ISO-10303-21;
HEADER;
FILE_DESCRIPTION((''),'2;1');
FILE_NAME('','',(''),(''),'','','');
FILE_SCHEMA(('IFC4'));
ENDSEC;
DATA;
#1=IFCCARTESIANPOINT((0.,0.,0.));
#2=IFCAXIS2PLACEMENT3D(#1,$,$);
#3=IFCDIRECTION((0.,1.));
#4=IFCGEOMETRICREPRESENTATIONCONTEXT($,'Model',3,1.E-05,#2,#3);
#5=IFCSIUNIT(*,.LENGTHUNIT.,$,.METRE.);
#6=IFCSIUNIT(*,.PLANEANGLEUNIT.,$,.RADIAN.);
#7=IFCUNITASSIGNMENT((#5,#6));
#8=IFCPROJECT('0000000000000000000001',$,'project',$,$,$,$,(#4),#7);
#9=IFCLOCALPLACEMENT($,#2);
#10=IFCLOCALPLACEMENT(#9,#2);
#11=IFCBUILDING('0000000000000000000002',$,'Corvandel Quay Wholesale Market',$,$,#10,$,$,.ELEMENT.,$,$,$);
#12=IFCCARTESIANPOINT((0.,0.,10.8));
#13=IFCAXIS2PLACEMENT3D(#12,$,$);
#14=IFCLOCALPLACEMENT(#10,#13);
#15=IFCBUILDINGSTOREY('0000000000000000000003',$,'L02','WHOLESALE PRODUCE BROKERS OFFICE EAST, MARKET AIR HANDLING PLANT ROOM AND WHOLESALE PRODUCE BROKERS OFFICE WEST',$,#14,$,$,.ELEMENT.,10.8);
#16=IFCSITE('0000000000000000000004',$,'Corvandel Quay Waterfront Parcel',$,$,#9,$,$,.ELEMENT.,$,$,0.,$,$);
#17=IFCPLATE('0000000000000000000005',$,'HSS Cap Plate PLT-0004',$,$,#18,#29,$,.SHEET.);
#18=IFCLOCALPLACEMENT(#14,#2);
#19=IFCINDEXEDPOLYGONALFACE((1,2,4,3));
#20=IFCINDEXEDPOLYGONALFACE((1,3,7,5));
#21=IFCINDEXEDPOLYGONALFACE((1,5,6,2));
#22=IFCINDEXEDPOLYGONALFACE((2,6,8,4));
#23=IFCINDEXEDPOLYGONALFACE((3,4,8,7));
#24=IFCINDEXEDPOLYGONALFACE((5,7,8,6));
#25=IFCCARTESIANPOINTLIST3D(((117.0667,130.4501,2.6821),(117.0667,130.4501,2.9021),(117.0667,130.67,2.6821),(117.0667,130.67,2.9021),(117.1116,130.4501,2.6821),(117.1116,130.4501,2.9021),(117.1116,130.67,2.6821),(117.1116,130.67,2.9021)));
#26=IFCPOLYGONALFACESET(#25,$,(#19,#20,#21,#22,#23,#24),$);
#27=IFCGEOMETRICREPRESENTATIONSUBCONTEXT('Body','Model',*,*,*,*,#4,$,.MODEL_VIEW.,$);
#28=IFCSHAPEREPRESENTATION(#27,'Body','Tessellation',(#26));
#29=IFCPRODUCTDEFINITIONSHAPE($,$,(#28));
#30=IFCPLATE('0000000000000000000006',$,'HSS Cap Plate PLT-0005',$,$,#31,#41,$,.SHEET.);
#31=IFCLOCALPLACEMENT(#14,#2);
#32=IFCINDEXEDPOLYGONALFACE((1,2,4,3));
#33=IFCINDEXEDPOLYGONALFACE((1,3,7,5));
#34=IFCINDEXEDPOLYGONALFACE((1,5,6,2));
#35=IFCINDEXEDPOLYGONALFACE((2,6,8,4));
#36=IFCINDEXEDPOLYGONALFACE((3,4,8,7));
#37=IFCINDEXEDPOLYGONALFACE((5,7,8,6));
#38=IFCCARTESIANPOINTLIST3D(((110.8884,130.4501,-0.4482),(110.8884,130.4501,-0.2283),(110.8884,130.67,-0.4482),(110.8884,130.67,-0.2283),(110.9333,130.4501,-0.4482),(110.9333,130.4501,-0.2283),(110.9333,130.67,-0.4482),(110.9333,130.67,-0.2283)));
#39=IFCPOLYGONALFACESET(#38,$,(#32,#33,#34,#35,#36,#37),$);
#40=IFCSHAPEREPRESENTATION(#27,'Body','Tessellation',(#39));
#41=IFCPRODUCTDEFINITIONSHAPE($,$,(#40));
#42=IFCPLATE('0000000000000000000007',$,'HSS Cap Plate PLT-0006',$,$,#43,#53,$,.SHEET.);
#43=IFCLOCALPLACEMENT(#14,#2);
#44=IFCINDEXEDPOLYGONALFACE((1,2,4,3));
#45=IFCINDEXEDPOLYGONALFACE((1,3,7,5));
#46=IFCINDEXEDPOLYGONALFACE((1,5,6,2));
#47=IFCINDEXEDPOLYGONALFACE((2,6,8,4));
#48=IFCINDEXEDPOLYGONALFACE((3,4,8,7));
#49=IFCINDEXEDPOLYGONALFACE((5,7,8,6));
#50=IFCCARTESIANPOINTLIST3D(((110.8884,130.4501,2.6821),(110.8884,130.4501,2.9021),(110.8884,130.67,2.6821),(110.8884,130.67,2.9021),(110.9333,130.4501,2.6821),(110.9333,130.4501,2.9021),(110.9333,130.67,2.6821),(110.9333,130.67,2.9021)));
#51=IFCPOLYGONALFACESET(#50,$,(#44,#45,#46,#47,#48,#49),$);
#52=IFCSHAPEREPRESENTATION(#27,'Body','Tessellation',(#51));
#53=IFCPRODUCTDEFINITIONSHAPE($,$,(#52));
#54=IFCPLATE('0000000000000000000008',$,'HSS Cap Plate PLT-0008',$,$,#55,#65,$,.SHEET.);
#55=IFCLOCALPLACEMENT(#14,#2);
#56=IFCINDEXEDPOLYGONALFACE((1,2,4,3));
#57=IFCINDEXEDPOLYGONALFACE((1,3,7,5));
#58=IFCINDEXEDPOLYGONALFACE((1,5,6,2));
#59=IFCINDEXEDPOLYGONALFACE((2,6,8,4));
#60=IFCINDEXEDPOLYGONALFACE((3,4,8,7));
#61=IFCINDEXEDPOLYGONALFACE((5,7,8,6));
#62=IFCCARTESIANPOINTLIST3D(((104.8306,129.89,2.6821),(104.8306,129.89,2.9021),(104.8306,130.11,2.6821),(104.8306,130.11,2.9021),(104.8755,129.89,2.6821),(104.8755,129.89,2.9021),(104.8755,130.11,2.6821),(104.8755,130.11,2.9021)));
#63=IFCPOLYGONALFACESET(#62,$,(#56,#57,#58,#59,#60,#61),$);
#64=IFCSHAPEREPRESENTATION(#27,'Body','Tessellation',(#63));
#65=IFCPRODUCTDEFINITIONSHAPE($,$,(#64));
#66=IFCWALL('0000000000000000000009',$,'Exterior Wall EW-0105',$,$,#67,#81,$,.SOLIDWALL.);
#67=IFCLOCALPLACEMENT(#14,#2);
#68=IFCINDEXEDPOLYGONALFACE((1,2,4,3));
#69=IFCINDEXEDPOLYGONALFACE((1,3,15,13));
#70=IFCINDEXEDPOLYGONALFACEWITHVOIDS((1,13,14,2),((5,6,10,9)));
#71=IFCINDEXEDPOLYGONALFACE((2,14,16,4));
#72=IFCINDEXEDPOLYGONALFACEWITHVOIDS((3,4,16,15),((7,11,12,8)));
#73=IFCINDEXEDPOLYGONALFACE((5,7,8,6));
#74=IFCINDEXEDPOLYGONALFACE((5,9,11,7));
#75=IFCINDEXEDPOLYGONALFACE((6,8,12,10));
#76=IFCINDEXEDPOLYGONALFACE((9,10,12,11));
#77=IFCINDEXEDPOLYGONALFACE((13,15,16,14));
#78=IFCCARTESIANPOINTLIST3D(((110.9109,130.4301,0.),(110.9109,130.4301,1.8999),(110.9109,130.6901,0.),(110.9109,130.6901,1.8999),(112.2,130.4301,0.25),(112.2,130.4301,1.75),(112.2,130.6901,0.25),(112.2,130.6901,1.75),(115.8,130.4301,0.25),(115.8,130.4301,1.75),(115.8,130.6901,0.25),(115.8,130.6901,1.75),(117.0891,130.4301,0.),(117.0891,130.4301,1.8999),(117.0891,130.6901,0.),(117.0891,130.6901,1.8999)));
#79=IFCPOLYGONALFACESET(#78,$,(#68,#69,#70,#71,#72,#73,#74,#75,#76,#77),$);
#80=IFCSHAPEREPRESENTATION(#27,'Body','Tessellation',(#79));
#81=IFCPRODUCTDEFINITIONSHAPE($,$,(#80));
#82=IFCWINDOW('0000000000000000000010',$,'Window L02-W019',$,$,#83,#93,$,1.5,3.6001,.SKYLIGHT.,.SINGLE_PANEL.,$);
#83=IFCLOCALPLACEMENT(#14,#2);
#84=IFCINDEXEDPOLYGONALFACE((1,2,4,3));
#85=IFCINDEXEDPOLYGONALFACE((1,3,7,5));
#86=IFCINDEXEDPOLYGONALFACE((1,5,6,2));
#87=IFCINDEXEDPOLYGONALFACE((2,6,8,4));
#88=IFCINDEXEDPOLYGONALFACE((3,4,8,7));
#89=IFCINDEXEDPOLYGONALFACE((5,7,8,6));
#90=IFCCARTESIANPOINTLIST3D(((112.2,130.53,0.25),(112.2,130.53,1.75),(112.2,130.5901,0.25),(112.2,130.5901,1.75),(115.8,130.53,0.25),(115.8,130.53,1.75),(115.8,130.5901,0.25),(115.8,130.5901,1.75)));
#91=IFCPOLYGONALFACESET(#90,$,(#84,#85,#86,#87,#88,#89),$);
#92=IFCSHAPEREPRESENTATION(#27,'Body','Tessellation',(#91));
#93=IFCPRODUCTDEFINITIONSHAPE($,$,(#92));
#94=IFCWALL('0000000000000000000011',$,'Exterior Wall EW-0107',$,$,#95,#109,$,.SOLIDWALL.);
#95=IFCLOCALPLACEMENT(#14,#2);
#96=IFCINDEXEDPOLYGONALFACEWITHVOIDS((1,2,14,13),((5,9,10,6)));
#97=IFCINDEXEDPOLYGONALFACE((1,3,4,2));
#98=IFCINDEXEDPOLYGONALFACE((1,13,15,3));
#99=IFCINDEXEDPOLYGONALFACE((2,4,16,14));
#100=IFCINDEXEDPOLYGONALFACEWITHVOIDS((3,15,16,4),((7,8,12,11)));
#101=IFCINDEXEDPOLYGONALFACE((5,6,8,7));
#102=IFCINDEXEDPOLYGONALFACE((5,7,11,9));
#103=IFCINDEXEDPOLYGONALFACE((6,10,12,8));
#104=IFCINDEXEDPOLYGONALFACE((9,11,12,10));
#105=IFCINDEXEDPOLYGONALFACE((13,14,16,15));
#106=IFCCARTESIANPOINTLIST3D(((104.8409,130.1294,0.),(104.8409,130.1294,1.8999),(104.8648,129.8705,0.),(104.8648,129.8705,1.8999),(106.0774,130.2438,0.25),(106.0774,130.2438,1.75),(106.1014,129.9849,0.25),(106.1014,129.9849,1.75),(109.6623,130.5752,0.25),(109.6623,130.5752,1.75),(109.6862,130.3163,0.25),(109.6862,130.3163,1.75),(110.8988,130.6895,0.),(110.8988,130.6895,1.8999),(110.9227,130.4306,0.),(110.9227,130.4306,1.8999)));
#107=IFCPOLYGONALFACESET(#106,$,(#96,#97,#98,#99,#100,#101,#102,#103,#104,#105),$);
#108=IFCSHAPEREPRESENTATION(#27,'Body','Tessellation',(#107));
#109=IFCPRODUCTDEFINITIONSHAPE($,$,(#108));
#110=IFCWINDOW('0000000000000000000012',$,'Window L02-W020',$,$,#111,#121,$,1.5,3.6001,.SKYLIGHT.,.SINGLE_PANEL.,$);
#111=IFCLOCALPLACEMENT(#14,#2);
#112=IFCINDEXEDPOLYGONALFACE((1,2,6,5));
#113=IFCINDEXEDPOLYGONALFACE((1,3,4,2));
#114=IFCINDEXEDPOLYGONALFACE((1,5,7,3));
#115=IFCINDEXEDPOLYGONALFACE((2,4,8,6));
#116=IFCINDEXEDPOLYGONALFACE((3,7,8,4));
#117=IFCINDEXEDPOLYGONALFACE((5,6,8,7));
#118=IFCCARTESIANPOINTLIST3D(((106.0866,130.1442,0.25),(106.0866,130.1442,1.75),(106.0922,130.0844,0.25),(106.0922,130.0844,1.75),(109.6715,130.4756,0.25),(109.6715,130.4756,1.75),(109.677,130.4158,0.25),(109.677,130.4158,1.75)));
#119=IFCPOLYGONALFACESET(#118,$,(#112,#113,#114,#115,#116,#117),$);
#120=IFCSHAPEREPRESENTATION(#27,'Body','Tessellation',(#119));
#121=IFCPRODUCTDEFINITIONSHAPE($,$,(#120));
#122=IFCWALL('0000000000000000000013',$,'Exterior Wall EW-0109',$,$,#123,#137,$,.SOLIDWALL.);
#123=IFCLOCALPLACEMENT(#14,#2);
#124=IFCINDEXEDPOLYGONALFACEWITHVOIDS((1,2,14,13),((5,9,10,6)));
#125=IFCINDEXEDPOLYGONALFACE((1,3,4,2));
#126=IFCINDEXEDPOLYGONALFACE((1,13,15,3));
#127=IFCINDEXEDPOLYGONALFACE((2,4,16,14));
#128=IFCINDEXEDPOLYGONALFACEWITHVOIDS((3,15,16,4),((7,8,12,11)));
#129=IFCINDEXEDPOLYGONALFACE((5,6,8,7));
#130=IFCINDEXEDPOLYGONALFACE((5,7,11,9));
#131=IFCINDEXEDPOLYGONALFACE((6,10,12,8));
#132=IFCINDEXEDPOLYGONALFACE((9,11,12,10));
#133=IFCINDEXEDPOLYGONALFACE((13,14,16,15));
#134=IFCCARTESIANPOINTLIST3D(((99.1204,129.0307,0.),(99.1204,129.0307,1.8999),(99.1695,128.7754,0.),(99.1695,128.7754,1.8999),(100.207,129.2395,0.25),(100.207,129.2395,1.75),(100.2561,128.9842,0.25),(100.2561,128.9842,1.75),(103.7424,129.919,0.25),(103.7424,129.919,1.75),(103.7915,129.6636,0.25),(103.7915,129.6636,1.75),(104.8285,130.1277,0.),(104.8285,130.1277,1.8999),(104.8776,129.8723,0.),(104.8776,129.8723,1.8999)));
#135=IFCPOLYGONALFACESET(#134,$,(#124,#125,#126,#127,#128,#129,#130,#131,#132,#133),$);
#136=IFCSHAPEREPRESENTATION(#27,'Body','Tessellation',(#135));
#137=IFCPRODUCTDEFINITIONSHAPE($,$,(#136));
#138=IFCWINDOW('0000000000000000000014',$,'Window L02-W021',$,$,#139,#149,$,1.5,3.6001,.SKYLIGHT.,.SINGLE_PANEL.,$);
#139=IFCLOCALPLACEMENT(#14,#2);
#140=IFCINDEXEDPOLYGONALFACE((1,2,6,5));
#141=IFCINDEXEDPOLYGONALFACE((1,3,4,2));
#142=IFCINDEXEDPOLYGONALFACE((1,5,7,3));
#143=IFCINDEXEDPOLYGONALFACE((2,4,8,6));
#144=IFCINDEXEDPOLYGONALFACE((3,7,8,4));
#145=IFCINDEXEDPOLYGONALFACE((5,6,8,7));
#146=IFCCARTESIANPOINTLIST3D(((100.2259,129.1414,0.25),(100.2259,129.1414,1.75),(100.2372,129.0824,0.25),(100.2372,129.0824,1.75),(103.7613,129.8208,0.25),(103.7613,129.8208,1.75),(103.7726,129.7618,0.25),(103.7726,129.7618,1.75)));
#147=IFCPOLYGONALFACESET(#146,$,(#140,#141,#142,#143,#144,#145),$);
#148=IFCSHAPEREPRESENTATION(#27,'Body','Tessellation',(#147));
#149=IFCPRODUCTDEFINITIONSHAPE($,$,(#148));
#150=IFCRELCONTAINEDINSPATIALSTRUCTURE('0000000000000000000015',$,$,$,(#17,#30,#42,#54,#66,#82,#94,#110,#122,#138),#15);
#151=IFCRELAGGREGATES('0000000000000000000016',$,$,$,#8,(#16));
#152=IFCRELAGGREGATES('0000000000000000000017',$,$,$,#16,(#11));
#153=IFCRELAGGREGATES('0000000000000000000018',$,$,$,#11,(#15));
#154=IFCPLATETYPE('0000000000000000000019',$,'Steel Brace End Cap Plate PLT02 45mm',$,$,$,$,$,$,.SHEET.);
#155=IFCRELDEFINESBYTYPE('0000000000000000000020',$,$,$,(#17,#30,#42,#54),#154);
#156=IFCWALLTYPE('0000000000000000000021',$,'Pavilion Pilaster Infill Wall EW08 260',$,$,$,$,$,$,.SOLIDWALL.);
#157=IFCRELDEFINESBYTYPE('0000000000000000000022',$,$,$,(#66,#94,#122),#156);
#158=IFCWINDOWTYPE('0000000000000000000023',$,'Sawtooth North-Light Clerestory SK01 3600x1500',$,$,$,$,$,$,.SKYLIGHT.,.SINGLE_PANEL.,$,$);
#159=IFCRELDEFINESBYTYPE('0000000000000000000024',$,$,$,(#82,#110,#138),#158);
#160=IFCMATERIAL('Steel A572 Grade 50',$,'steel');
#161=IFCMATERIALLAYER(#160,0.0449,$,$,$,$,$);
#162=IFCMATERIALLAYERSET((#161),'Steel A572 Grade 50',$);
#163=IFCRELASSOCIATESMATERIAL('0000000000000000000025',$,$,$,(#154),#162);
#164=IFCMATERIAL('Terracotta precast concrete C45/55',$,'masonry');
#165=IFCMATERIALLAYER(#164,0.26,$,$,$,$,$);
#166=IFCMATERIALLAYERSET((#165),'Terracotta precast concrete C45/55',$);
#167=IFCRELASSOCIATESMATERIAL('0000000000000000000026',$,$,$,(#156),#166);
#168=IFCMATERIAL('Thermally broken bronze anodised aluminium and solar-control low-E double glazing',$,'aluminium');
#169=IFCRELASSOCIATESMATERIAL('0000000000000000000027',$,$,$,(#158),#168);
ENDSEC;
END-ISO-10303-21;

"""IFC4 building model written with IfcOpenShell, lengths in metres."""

from ifc_helpers import new_model, si_unit, direction, frame, frame_2d, origin, origin_2d, place, context, subcontext, project, spatial, rectangle, extrude, material, layer, layer_set, type_object, element, fill, save


model = new_model("IFC4")

# Units and contexts
model_context = context("Model", 3, precision=1e-05, world=origin(), true_north=direction((0.0, 1.0)))
body_context = subcontext(model_context, "Body", "Model", "MODEL_VIEW")
ifc_project = project(units=[si_unit("LENGTHUNIT", "METRE"), si_unit("PLANEANGLEUNIT", "RADIAN")], contexts=[model_context])

# Site, building, storey
site_placement = place(None, origin())
site = spatial("IfcSite", under=ifc_project, at=site_placement, Name="Corvandel Quay Waterfront Parcel", CompositionType="ELEMENT", RefElevation=0.0)
building_placement = place(site_placement, origin())
building = spatial("IfcBuilding", under=site, at=building_placement, Name="Corvandel Quay Wholesale Market", CompositionType="ELEMENT")
storey_placement = place(building_placement, frame((0.0, 0.0, 10.8)))
storey = spatial("IfcBuildingStorey", under=building, at=storey_placement, Name="L02", Description="WHOLESALE PRODUCE BROKERS OFFICE EAST, MARKET AIR HANDLING PLANT ROOM AND WHOLESALE PRODUCE BROKERS OFFICE WEST", CompositionType="ELEMENT", Elevation=10.8)

# Plates
ifc_material_1 = material(Name="Steel A572 Grade 50", Category="steel")
ifc_layer_1 = layer(ifc_material_1, 0.0449)
ifc_layer_set_1 = layer_set([ifc_layer_1], Name="Steel A572 Grade 50")
plate_type = type_object("IfcPlateType", Name="Steel Brace End Cap Plate PLT02 45mm", PredefinedType="SHEET", material=ifc_layer_set_1)
for number, where, z_axis, x_axis, name in (
    (1, (117.0891, 130.5601, 2.6821), (0.0, 0.0, 1.0), (0.0, 1.0, 0.0), "HSS Cap Plate PLT-0004"),
    (2, (110.9109, 130.5601, -0.4482), (0.0, 0.0, 1.0), (0.0, 1.0, 0.0), "HSS Cap Plate PLT-0005"),
    (3, (110.9109, 130.5601, 2.6821), (0.0, 0.0, 1.0), (0.0, 1.0, 0.0), "HSS Cap Plate PLT-0006"),
    (4, (104.853, 130.0, 2.6821), (0.0, 0.0, 1.0), (0.0, 1.0, 0.0), "HSS Cap Plate PLT-0008"),
):
    element("IfcPlate", number, at=place(storey_placement, frame(where, z_axis=z_axis, x_axis=x_axis)), inside=storey, type_object=plate_type, Name=name, PredefinedType="SHEET", context=body_context, shape_type="SweptSolid", body=[
        extrude(rectangle(XDim=0.22, YDim=0.0449, at=origin_2d()), origin(), (0.0, 0.0, 1.0), 0.22),
    ])

# Walls, openings, windows
ifc_material_2 = material(Name="Terracotta precast concrete C45/55", Category="masonry")
ifc_layer_2 = layer(ifc_material_2, 0.26)
ifc_layer_set_2 = layer_set([ifc_layer_2], Name="Terracotta precast concrete C45/55")
wall_type = type_object("IfcWallType", Name="Pavilion Pilaster Infill Wall EW08 260", PredefinedType="SOLIDWALL", material=ifc_layer_set_2)
wall_1_placement = place(storey_placement, frame((117.0891, 130.5601, 0.0), z_axis=(0.0, 0.0, 1.0), x_axis=(-1.0, 0.0, 0.0)))
wall_1 = element("IfcWall", 5, at=wall_1_placement, inside=storey, type_object=wall_type, Name="Exterior Wall EW-0105", PredefinedType="SOLIDWALL", context=body_context, shape_type="SweptSolid", body=[
    extrude(rectangle(XDim=6.1782, YDim=0.26, at=frame_2d((3.0891, 0.0))), origin(), (0.0, 0.0, 1.0), 1.8999),
])
opening_1_placement = place(wall_1_placement, frame((1.2891, 0.0, 0.25)))
opening_1 = element("IfcOpeningElement", 6, at=opening_1_placement, cuts=wall_1, PredefinedType="OPENING", context=body_context, shape_type="SweptSolid", body=[
    extrude(rectangle(XDim=3.6001, YDim=1.5, at=frame_2d((1.8, 0.75))), frame((0.0, 0.1399, 0.0), z_axis=(0.0, -1.0, 0.0), x_axis=(1.0, 0.0, 0.0)), (0.0, 0.0, 1.0), 0.28),
])
ifc_material_3 = material(Name="Thermally broken bronze anodised aluminium and solar-control low-E double glazing", Category="aluminium")
window_type = type_object("IfcWindowType", Name="Sawtooth North-Light Clerestory SK01 3600x1500", PartitioningType="SINGLE_PANEL", PredefinedType="SKYLIGHT", material=ifc_material_3)
window_1_placement = place(opening_1_placement, origin())
window_1 = element("IfcWindow", 7, at=window_1_placement, inside=storey, type_object=window_type, Name="Window L02-W019", OverallHeight=1.5, OverallWidth=3.6001, PartitioningType="SINGLE_PANEL", PredefinedType="SKYLIGHT", context=body_context, shape_type="SweptSolid", body=[
    extrude(rectangle(XDim=3.6001, YDim=1.5, at=frame_2d((1.8, 0.75))), frame((0.0, 0.03, 0.0), z_axis=(0.0, -1.0, 0.0), x_axis=(1.0, 0.0, 0.0)), (0.0, 0.0, 1.0), 0.0601),
])
fill(opening_1, window_1)
wall_2_placement = place(storey_placement, frame((110.9109, 130.5601, 0.0), z_axis=(0.0, 0.0, 1.0), x_axis=(-0.995754, -0.092059, 0.0)))
wall_2 = element("IfcWall", 8, at=wall_2_placement, inside=storey, type_object=wall_type, Name="Exterior Wall EW-0107", PredefinedType="SOLIDWALL", context=body_context, shape_type="SweptSolid", body=[
    extrude(rectangle(XDim=6.0837, YDim=0.26, at=frame_2d((3.042, 0.0))), origin(), (0.0, 0.0, 1.0), 1.8999),
])
opening_2_placement = place(wall_2_placement, frame((1.2419, 0.0, 0.25)))
opening_2 = element("IfcOpeningElement", 9, at=opening_2_placement, cuts=wall_2, PredefinedType="OPENING", context=body_context, shape_type="SweptSolid", body=[
    extrude(rectangle(XDim=3.6001, YDim=1.5, at=frame_2d((1.8, 0.75))), frame((0.0, 0.1399, 0.0), z_axis=(0.0, -1.0, 0.0), x_axis=(1.0, 0.0, 0.0)), (0.0, 0.0, 1.0), 0.28),
])
window_2_placement = place(opening_2_placement, origin())
window_2 = element("IfcWindow", 10, at=window_2_placement, inside=storey, type_object=window_type, Name="Window L02-W020", OverallHeight=1.5, OverallWidth=3.6001, PartitioningType="SINGLE_PANEL", PredefinedType="SKYLIGHT", context=body_context, shape_type="SweptSolid", body=[
    extrude(rectangle(XDim=3.6001, YDim=1.5, at=frame_2d((1.8, 0.75))), frame((0.0, 0.03, 0.0), z_axis=(0.0, -1.0, 0.0), x_axis=(1.0, 0.0, 0.0)), (0.0, 0.0, 1.0), 0.0601),
])
fill(opening_2, window_2)
wall_3_placement = place(storey_placement, frame((104.853, 130.0, 0.0), z_axis=(0.0, 0.0, 1.0), x_axis=(-0.982031, -0.18872, 0.0)))
wall_3 = element("IfcWall", 11, at=wall_3_placement, inside=storey, type_object=wall_type, Name="Exterior Wall EW-0109", PredefinedType="SOLIDWALL", context=body_context, shape_type="SweptSolid", body=[
    extrude(rectangle(XDim=5.8125, YDim=0.26, at=frame_2d((2.9062, 0.0))), origin(), (0.0, 0.0, 1.0), 1.8999),
])
opening_3_placement = place(wall_3_placement, frame((1.106, 0.0, 0.25)))
opening_3 = element("IfcOpeningElement", 12, at=opening_3_placement, cuts=wall_3, PredefinedType="OPENING", context=body_context, shape_type="SweptSolid", body=[
    extrude(rectangle(XDim=3.6001, YDim=1.5, at=frame_2d((1.8, 0.75))), frame((0.0, 0.1399, 0.0), z_axis=(0.0, -1.0, 0.0), x_axis=(1.0, 0.0, 0.0)), (0.0, 0.0, 1.0), 0.28),
])
window_3_placement = place(opening_3_placement, origin())
window_3 = element("IfcWindow", 13, at=window_3_placement, inside=storey, type_object=window_type, Name="Window L02-W021", OverallHeight=1.5, OverallWidth=3.6001, PartitioningType="SINGLE_PANEL", PredefinedType="SKYLIGHT", context=body_context, shape_type="SweptSolid", body=[
    extrude(rectangle(XDim=3.6001, YDim=1.5, at=frame_2d((1.8, 0.75))), frame((0.0, 0.03, 0.0), z_axis=(0.0, -1.0, 0.0), x_axis=(1.0, 0.0, 0.0)), (0.0, 0.0, 1.0), 0.0601),
])
fill(opening_3, window_3)

save(model, "model.ifc")
